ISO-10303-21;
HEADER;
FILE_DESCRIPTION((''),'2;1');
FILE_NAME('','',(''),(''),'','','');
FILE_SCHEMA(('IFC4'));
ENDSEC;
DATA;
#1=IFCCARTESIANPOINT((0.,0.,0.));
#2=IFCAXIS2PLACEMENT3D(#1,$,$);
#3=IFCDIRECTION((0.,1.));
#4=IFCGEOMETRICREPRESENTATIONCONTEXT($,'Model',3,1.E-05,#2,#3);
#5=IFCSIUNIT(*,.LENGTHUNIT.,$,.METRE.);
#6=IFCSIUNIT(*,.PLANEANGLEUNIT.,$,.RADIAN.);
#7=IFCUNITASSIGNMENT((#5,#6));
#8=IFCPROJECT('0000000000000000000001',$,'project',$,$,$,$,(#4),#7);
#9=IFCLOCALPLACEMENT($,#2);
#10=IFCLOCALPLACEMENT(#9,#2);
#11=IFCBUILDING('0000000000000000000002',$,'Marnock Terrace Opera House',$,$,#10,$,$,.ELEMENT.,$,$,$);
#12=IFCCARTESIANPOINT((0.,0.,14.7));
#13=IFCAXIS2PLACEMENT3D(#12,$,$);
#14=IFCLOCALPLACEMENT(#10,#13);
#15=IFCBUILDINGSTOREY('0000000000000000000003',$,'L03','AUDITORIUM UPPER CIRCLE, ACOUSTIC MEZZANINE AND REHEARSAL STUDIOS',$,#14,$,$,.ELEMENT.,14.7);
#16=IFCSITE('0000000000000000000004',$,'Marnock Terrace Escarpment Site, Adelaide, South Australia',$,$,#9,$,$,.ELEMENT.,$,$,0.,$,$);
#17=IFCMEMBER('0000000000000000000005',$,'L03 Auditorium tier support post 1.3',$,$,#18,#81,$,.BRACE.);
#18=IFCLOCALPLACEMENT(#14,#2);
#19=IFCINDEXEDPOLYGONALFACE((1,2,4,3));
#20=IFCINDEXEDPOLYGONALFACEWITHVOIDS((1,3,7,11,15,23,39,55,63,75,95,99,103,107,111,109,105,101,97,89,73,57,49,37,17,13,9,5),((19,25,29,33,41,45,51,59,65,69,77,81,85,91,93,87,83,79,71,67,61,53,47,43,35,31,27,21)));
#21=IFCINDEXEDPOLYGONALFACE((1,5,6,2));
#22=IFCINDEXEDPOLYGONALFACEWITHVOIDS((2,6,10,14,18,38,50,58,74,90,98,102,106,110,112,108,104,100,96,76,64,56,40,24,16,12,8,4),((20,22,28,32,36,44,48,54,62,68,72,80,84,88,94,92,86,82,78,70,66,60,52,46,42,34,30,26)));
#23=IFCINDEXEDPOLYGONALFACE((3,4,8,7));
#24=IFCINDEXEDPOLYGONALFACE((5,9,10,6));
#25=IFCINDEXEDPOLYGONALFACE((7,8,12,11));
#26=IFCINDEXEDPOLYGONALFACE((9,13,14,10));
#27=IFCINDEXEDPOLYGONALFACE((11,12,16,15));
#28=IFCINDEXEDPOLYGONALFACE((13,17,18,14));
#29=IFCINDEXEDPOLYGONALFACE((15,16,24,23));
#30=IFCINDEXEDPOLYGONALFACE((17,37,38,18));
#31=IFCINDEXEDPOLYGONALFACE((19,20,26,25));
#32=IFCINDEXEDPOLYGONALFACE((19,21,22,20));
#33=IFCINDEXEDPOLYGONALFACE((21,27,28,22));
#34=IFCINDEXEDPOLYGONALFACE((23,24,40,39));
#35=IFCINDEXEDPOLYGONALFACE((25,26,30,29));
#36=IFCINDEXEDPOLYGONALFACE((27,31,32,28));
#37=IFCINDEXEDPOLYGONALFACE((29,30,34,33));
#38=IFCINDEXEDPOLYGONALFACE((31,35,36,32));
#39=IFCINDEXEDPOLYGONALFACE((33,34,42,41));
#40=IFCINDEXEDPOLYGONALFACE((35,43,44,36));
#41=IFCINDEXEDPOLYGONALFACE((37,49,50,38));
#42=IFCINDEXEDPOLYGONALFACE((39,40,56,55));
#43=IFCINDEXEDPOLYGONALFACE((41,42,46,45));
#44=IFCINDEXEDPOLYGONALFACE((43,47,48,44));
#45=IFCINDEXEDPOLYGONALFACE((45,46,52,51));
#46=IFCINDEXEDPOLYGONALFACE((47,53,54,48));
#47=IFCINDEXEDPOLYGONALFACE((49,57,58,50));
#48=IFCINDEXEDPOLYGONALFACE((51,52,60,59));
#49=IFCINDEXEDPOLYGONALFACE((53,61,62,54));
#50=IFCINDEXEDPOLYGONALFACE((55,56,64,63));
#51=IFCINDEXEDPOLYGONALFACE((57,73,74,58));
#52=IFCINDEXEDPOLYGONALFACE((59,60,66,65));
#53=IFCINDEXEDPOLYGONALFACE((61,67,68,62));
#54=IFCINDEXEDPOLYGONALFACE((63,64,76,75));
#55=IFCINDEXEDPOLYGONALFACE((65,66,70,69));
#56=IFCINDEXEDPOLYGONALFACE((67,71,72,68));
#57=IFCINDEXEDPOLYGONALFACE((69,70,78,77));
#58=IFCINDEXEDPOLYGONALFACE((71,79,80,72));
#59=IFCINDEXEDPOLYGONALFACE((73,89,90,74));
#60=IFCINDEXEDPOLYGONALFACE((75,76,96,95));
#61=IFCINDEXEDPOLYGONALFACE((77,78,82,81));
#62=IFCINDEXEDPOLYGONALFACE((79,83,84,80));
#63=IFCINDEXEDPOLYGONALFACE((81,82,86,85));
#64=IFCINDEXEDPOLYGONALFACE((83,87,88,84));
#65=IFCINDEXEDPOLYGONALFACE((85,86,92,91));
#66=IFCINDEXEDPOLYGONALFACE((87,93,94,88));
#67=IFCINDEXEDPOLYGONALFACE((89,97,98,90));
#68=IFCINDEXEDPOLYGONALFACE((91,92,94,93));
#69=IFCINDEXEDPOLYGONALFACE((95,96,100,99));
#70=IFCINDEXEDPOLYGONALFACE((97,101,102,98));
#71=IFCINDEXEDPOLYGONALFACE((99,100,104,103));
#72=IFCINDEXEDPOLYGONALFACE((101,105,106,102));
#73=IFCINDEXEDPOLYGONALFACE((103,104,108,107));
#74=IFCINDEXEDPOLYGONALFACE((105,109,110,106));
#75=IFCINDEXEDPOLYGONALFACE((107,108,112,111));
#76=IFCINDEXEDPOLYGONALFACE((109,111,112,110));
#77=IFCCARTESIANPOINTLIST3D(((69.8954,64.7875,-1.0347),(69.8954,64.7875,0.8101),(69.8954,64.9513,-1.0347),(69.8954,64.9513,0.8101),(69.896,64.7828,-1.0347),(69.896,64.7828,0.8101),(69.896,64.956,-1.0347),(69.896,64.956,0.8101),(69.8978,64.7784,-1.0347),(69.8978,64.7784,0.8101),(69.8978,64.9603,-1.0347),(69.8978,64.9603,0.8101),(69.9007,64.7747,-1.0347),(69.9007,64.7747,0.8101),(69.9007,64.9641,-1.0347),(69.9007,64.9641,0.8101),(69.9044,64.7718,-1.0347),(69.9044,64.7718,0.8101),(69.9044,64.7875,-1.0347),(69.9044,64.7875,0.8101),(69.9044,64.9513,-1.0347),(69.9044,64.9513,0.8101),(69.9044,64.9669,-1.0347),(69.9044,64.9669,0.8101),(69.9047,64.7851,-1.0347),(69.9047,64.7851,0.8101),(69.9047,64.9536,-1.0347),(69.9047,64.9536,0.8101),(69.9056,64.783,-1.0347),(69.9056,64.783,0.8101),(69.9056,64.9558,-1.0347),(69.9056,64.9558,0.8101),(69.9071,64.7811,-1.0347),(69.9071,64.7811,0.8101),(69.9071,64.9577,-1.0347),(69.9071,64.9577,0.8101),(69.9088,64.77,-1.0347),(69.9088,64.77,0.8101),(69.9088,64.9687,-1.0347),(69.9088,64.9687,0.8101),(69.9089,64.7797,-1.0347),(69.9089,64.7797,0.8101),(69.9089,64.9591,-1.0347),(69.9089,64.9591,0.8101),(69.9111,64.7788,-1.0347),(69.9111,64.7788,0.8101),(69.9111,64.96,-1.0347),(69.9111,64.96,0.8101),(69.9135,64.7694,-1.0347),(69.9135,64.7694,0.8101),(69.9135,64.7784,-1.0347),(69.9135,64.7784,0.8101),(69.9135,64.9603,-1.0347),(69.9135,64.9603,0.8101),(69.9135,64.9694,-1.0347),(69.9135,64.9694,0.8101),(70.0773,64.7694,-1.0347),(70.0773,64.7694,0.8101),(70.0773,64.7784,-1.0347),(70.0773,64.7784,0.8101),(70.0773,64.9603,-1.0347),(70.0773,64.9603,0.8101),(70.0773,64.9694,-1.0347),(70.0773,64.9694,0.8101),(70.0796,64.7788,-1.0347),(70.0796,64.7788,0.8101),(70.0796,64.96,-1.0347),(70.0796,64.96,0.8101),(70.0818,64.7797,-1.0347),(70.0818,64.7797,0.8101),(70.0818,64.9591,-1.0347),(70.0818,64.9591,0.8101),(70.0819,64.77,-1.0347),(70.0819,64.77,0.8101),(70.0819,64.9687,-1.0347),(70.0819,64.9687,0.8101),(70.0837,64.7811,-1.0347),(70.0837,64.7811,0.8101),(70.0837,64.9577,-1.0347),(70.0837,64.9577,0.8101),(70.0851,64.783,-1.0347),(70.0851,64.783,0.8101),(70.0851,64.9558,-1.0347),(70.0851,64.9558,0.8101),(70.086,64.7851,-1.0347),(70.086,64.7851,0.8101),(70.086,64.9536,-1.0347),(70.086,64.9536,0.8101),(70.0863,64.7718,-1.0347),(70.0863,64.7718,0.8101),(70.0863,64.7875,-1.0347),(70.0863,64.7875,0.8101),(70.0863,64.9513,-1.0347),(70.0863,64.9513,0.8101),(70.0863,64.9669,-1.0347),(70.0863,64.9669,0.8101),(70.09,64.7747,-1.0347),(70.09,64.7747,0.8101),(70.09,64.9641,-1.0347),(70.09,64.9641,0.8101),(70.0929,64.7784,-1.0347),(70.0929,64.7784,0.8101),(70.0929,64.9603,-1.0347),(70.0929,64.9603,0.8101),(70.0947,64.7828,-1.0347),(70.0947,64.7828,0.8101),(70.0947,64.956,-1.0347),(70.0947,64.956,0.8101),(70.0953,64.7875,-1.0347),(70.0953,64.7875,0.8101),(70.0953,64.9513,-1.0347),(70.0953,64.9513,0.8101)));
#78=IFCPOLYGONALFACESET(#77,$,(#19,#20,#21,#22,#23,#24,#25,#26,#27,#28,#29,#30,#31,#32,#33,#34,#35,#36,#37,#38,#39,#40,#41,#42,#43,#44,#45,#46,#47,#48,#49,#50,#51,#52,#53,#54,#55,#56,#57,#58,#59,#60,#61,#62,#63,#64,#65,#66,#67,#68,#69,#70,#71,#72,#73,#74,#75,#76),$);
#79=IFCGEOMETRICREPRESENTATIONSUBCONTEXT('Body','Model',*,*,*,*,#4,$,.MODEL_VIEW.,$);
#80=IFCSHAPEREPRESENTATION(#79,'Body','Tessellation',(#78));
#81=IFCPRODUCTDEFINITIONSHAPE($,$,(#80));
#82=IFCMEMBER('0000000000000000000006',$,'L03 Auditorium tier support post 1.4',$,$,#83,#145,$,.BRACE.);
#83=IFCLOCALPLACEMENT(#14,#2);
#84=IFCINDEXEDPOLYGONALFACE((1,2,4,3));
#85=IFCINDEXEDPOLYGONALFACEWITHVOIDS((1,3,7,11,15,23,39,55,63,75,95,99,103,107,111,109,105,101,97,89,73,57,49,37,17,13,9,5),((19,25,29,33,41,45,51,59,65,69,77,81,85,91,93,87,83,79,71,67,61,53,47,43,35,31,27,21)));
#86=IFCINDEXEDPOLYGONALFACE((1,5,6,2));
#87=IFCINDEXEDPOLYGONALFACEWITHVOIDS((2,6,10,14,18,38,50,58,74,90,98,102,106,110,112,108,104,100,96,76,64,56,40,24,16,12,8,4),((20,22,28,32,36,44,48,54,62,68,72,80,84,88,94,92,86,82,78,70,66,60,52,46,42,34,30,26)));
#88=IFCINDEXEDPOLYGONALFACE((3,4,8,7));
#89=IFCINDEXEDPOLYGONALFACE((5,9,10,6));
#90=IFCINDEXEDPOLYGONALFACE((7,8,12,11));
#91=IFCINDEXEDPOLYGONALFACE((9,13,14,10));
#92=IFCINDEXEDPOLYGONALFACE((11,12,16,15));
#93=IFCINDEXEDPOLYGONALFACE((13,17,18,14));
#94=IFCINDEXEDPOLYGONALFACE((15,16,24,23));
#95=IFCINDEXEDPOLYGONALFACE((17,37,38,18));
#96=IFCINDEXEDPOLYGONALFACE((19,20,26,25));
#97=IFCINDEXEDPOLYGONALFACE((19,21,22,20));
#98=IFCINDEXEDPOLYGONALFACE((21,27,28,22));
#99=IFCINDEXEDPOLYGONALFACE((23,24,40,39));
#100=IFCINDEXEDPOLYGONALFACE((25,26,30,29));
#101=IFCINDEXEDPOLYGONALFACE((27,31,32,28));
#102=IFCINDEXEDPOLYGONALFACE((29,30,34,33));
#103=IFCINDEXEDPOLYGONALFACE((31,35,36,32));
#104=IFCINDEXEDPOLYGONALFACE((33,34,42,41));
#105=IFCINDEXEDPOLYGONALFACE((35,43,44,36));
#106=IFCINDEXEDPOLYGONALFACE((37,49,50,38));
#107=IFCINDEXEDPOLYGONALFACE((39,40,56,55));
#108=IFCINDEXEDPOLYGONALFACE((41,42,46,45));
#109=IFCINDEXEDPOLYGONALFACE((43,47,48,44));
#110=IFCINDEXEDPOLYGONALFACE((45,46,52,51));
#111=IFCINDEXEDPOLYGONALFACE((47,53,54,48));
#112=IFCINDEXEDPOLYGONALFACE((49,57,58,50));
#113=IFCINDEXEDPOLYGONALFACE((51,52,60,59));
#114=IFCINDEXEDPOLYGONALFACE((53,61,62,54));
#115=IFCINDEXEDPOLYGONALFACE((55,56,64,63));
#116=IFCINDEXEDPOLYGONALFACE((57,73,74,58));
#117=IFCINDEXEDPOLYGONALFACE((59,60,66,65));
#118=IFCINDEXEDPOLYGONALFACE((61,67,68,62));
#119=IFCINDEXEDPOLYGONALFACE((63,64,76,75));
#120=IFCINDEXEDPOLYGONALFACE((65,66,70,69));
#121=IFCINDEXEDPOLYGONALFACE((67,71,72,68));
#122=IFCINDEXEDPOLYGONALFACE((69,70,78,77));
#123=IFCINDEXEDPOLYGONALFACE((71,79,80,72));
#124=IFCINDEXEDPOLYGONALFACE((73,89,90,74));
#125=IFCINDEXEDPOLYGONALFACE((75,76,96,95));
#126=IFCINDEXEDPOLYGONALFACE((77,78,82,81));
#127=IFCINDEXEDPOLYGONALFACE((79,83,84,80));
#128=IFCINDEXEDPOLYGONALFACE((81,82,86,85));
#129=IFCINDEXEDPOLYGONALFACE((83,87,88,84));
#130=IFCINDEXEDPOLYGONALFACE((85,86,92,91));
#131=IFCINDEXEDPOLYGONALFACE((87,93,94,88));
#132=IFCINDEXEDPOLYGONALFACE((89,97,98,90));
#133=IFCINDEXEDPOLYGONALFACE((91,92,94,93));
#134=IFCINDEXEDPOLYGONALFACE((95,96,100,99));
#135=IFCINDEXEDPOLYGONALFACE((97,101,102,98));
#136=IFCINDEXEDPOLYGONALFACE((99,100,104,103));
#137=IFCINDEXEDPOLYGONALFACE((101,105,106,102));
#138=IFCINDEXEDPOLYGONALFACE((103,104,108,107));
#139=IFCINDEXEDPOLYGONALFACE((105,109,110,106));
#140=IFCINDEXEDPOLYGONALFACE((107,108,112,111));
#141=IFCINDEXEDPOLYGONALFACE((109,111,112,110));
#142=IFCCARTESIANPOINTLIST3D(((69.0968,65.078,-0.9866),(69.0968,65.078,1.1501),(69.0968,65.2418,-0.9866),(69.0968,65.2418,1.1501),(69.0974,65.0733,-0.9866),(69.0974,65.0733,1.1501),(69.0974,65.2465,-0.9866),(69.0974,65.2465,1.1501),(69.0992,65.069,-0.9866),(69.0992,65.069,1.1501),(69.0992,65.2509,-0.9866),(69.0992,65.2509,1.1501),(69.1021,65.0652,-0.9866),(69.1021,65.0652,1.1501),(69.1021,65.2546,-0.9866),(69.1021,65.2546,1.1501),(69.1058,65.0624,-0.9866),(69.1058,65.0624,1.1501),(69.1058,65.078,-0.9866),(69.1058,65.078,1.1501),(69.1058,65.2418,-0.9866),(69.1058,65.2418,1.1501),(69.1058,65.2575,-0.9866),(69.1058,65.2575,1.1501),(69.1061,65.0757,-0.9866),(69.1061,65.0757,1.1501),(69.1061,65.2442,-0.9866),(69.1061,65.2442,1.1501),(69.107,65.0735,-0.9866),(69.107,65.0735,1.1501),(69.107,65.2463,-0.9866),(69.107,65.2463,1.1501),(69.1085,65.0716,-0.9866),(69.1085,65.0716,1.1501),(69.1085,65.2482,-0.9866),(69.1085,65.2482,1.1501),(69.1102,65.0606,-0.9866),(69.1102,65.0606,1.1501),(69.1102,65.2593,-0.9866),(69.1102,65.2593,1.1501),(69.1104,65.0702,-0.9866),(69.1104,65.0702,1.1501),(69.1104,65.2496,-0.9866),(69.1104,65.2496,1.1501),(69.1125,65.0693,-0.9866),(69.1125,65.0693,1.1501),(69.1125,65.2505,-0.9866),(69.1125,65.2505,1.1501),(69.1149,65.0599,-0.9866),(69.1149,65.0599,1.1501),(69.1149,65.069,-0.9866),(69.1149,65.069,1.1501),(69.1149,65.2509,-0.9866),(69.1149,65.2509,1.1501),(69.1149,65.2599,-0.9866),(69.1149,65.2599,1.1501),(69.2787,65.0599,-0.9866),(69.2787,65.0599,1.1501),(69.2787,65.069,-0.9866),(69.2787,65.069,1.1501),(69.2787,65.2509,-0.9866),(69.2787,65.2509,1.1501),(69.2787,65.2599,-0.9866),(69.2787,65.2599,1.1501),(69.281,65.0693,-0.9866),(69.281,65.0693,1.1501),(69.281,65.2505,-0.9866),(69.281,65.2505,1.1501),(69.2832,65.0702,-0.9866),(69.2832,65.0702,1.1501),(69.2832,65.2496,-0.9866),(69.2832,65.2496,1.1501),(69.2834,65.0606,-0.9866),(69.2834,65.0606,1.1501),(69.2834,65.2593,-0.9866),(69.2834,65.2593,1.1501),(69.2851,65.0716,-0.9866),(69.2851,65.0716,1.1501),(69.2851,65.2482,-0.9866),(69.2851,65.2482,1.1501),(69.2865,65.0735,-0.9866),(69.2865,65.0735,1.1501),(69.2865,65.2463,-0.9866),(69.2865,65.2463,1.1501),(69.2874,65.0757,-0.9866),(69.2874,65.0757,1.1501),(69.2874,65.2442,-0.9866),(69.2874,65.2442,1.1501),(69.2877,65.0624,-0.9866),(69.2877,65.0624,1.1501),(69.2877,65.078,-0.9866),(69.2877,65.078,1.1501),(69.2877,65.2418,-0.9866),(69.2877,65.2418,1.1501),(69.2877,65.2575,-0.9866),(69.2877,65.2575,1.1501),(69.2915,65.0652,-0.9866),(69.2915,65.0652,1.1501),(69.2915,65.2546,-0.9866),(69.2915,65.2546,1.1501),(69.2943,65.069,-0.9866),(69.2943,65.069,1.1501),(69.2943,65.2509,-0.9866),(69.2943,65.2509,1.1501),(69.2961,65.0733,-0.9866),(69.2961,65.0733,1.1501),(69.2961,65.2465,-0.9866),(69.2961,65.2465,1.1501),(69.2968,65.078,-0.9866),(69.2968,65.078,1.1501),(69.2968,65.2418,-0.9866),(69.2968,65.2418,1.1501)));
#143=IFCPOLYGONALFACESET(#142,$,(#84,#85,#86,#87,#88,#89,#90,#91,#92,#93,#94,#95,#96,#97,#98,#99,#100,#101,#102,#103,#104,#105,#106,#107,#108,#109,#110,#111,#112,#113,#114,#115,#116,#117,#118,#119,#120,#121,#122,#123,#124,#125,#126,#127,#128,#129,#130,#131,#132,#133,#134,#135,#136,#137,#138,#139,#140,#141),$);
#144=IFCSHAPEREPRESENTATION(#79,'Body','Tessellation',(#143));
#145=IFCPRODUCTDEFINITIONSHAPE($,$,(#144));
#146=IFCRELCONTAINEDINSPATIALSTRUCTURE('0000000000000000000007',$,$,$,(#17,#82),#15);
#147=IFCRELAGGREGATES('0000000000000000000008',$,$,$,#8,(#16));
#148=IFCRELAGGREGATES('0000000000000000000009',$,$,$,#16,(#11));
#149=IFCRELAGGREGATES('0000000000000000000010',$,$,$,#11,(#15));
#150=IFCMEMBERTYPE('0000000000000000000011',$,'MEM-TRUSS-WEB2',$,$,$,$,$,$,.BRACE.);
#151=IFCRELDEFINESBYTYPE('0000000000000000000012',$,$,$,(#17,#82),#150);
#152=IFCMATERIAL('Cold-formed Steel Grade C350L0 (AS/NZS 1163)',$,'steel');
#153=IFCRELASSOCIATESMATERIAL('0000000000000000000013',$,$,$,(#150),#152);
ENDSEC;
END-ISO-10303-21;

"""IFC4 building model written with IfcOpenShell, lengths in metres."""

from ifc_helpers import new_model, si_unit, direction, frame, origin, origin_2d, place, context, subcontext, project, spatial, hollow_rectangle, extrude, material, material_profile, profile_set, type_object, element, save


model = new_model("IFC4")

# Units and contexts
model_context = context("Model", 3, precision=1e-05, world=origin(), true_north=direction((0.0, 1.0)))
body_context = subcontext(model_context, "Body", "Model", "MODEL_VIEW")
ifc_project = project(units=[si_unit("LENGTHUNIT", "METRE"), si_unit("PLANEANGLEUNIT", "RADIAN")], contexts=[model_context])

# Site, building, storey
site_placement = place(None, origin())
site = spatial("IfcSite", under=ifc_project, at=site_placement, Name="Marnock Terrace Escarpment Site, Adelaide, South Australia", CompositionType="ELEMENT", RefElevation=0.0)
building_placement = place(site_placement, origin())
building = spatial("IfcBuilding", under=site, at=building_placement, Name="Marnock Terrace Opera House", CompositionType="ELEMENT")
storey_placement = place(building_placement, frame((0.0, 0.0, 14.7)))
storey = spatial("IfcBuildingStorey", under=building, at=storey_placement, Name="L03", Description="AUDITORIUM UPPER CIRCLE, ACOUSTIC MEZZANINE AND REHEARSAL STUDIOS", CompositionType="ELEMENT", Elevation=14.7)

# Members
ifc_material_1 = material(Name="Cold-formed Steel Grade C350L0 (AS/NZS 1163)", Category="steel")
ifc_material_profile_1 = material_profile(ifc_material_1, hollow_rectangle(XDim=0.2, YDim=0.2, WallThickness=0.009, InnerFilletRadius=0.009, OuterFilletRadius=0.0181, at=origin_2d()))
ifc_profile_set_1 = profile_set([ifc_material_profile_1], Name="Cold-formed Steel Grade C350L0 (AS/NZS 1163)")
member_type = type_object("IfcMemberType", Name="MEM-TRUSS-WEB2", PredefinedType="BRACE", material=ifc_profile_set_1)
member_1_placement = place(storey_placement, frame((69.9954, 64.8694, -1.0347), z_axis=(0.0, 0.0, 1.0), x_axis=(1.0, 0.0, 0.0)))
element("IfcMember", 1, at=member_1_placement, inside=storey, type_object=member_type, Name="L03 Auditorium tier support post 1.3", PredefinedType="BRACE", context=body_context, shape_type="SweptSolid", body=[
    extrude(hollow_rectangle(XDim=0.2, YDim=0.2, WallThickness=0.009, InnerFilletRadius=0.009, OuterFilletRadius=0.0181, at=origin_2d()), origin(), (0.0, 0.0, 1.0), 1.8447),
])
member_2_placement = place(storey_placement, frame((69.1968, 65.1599, -0.9866), z_axis=(0.0, 0.0, 1.0), x_axis=(1.0, 0.0, 0.0)))
element("IfcMember", 2, at=member_2_placement, inside=storey, type_object=member_type, Name="L03 Auditorium tier support post 1.4", PredefinedType="BRACE", context=body_context, shape_type="SweptSolid", body=[
    extrude(hollow_rectangle(XDim=0.2, YDim=0.2, WallThickness=0.009, InnerFilletRadius=0.009, OuterFilletRadius=0.0181, at=origin_2d()), origin(), (0.0, 0.0, 1.0), 2.1367),
])

save(model, "model.ifc")
